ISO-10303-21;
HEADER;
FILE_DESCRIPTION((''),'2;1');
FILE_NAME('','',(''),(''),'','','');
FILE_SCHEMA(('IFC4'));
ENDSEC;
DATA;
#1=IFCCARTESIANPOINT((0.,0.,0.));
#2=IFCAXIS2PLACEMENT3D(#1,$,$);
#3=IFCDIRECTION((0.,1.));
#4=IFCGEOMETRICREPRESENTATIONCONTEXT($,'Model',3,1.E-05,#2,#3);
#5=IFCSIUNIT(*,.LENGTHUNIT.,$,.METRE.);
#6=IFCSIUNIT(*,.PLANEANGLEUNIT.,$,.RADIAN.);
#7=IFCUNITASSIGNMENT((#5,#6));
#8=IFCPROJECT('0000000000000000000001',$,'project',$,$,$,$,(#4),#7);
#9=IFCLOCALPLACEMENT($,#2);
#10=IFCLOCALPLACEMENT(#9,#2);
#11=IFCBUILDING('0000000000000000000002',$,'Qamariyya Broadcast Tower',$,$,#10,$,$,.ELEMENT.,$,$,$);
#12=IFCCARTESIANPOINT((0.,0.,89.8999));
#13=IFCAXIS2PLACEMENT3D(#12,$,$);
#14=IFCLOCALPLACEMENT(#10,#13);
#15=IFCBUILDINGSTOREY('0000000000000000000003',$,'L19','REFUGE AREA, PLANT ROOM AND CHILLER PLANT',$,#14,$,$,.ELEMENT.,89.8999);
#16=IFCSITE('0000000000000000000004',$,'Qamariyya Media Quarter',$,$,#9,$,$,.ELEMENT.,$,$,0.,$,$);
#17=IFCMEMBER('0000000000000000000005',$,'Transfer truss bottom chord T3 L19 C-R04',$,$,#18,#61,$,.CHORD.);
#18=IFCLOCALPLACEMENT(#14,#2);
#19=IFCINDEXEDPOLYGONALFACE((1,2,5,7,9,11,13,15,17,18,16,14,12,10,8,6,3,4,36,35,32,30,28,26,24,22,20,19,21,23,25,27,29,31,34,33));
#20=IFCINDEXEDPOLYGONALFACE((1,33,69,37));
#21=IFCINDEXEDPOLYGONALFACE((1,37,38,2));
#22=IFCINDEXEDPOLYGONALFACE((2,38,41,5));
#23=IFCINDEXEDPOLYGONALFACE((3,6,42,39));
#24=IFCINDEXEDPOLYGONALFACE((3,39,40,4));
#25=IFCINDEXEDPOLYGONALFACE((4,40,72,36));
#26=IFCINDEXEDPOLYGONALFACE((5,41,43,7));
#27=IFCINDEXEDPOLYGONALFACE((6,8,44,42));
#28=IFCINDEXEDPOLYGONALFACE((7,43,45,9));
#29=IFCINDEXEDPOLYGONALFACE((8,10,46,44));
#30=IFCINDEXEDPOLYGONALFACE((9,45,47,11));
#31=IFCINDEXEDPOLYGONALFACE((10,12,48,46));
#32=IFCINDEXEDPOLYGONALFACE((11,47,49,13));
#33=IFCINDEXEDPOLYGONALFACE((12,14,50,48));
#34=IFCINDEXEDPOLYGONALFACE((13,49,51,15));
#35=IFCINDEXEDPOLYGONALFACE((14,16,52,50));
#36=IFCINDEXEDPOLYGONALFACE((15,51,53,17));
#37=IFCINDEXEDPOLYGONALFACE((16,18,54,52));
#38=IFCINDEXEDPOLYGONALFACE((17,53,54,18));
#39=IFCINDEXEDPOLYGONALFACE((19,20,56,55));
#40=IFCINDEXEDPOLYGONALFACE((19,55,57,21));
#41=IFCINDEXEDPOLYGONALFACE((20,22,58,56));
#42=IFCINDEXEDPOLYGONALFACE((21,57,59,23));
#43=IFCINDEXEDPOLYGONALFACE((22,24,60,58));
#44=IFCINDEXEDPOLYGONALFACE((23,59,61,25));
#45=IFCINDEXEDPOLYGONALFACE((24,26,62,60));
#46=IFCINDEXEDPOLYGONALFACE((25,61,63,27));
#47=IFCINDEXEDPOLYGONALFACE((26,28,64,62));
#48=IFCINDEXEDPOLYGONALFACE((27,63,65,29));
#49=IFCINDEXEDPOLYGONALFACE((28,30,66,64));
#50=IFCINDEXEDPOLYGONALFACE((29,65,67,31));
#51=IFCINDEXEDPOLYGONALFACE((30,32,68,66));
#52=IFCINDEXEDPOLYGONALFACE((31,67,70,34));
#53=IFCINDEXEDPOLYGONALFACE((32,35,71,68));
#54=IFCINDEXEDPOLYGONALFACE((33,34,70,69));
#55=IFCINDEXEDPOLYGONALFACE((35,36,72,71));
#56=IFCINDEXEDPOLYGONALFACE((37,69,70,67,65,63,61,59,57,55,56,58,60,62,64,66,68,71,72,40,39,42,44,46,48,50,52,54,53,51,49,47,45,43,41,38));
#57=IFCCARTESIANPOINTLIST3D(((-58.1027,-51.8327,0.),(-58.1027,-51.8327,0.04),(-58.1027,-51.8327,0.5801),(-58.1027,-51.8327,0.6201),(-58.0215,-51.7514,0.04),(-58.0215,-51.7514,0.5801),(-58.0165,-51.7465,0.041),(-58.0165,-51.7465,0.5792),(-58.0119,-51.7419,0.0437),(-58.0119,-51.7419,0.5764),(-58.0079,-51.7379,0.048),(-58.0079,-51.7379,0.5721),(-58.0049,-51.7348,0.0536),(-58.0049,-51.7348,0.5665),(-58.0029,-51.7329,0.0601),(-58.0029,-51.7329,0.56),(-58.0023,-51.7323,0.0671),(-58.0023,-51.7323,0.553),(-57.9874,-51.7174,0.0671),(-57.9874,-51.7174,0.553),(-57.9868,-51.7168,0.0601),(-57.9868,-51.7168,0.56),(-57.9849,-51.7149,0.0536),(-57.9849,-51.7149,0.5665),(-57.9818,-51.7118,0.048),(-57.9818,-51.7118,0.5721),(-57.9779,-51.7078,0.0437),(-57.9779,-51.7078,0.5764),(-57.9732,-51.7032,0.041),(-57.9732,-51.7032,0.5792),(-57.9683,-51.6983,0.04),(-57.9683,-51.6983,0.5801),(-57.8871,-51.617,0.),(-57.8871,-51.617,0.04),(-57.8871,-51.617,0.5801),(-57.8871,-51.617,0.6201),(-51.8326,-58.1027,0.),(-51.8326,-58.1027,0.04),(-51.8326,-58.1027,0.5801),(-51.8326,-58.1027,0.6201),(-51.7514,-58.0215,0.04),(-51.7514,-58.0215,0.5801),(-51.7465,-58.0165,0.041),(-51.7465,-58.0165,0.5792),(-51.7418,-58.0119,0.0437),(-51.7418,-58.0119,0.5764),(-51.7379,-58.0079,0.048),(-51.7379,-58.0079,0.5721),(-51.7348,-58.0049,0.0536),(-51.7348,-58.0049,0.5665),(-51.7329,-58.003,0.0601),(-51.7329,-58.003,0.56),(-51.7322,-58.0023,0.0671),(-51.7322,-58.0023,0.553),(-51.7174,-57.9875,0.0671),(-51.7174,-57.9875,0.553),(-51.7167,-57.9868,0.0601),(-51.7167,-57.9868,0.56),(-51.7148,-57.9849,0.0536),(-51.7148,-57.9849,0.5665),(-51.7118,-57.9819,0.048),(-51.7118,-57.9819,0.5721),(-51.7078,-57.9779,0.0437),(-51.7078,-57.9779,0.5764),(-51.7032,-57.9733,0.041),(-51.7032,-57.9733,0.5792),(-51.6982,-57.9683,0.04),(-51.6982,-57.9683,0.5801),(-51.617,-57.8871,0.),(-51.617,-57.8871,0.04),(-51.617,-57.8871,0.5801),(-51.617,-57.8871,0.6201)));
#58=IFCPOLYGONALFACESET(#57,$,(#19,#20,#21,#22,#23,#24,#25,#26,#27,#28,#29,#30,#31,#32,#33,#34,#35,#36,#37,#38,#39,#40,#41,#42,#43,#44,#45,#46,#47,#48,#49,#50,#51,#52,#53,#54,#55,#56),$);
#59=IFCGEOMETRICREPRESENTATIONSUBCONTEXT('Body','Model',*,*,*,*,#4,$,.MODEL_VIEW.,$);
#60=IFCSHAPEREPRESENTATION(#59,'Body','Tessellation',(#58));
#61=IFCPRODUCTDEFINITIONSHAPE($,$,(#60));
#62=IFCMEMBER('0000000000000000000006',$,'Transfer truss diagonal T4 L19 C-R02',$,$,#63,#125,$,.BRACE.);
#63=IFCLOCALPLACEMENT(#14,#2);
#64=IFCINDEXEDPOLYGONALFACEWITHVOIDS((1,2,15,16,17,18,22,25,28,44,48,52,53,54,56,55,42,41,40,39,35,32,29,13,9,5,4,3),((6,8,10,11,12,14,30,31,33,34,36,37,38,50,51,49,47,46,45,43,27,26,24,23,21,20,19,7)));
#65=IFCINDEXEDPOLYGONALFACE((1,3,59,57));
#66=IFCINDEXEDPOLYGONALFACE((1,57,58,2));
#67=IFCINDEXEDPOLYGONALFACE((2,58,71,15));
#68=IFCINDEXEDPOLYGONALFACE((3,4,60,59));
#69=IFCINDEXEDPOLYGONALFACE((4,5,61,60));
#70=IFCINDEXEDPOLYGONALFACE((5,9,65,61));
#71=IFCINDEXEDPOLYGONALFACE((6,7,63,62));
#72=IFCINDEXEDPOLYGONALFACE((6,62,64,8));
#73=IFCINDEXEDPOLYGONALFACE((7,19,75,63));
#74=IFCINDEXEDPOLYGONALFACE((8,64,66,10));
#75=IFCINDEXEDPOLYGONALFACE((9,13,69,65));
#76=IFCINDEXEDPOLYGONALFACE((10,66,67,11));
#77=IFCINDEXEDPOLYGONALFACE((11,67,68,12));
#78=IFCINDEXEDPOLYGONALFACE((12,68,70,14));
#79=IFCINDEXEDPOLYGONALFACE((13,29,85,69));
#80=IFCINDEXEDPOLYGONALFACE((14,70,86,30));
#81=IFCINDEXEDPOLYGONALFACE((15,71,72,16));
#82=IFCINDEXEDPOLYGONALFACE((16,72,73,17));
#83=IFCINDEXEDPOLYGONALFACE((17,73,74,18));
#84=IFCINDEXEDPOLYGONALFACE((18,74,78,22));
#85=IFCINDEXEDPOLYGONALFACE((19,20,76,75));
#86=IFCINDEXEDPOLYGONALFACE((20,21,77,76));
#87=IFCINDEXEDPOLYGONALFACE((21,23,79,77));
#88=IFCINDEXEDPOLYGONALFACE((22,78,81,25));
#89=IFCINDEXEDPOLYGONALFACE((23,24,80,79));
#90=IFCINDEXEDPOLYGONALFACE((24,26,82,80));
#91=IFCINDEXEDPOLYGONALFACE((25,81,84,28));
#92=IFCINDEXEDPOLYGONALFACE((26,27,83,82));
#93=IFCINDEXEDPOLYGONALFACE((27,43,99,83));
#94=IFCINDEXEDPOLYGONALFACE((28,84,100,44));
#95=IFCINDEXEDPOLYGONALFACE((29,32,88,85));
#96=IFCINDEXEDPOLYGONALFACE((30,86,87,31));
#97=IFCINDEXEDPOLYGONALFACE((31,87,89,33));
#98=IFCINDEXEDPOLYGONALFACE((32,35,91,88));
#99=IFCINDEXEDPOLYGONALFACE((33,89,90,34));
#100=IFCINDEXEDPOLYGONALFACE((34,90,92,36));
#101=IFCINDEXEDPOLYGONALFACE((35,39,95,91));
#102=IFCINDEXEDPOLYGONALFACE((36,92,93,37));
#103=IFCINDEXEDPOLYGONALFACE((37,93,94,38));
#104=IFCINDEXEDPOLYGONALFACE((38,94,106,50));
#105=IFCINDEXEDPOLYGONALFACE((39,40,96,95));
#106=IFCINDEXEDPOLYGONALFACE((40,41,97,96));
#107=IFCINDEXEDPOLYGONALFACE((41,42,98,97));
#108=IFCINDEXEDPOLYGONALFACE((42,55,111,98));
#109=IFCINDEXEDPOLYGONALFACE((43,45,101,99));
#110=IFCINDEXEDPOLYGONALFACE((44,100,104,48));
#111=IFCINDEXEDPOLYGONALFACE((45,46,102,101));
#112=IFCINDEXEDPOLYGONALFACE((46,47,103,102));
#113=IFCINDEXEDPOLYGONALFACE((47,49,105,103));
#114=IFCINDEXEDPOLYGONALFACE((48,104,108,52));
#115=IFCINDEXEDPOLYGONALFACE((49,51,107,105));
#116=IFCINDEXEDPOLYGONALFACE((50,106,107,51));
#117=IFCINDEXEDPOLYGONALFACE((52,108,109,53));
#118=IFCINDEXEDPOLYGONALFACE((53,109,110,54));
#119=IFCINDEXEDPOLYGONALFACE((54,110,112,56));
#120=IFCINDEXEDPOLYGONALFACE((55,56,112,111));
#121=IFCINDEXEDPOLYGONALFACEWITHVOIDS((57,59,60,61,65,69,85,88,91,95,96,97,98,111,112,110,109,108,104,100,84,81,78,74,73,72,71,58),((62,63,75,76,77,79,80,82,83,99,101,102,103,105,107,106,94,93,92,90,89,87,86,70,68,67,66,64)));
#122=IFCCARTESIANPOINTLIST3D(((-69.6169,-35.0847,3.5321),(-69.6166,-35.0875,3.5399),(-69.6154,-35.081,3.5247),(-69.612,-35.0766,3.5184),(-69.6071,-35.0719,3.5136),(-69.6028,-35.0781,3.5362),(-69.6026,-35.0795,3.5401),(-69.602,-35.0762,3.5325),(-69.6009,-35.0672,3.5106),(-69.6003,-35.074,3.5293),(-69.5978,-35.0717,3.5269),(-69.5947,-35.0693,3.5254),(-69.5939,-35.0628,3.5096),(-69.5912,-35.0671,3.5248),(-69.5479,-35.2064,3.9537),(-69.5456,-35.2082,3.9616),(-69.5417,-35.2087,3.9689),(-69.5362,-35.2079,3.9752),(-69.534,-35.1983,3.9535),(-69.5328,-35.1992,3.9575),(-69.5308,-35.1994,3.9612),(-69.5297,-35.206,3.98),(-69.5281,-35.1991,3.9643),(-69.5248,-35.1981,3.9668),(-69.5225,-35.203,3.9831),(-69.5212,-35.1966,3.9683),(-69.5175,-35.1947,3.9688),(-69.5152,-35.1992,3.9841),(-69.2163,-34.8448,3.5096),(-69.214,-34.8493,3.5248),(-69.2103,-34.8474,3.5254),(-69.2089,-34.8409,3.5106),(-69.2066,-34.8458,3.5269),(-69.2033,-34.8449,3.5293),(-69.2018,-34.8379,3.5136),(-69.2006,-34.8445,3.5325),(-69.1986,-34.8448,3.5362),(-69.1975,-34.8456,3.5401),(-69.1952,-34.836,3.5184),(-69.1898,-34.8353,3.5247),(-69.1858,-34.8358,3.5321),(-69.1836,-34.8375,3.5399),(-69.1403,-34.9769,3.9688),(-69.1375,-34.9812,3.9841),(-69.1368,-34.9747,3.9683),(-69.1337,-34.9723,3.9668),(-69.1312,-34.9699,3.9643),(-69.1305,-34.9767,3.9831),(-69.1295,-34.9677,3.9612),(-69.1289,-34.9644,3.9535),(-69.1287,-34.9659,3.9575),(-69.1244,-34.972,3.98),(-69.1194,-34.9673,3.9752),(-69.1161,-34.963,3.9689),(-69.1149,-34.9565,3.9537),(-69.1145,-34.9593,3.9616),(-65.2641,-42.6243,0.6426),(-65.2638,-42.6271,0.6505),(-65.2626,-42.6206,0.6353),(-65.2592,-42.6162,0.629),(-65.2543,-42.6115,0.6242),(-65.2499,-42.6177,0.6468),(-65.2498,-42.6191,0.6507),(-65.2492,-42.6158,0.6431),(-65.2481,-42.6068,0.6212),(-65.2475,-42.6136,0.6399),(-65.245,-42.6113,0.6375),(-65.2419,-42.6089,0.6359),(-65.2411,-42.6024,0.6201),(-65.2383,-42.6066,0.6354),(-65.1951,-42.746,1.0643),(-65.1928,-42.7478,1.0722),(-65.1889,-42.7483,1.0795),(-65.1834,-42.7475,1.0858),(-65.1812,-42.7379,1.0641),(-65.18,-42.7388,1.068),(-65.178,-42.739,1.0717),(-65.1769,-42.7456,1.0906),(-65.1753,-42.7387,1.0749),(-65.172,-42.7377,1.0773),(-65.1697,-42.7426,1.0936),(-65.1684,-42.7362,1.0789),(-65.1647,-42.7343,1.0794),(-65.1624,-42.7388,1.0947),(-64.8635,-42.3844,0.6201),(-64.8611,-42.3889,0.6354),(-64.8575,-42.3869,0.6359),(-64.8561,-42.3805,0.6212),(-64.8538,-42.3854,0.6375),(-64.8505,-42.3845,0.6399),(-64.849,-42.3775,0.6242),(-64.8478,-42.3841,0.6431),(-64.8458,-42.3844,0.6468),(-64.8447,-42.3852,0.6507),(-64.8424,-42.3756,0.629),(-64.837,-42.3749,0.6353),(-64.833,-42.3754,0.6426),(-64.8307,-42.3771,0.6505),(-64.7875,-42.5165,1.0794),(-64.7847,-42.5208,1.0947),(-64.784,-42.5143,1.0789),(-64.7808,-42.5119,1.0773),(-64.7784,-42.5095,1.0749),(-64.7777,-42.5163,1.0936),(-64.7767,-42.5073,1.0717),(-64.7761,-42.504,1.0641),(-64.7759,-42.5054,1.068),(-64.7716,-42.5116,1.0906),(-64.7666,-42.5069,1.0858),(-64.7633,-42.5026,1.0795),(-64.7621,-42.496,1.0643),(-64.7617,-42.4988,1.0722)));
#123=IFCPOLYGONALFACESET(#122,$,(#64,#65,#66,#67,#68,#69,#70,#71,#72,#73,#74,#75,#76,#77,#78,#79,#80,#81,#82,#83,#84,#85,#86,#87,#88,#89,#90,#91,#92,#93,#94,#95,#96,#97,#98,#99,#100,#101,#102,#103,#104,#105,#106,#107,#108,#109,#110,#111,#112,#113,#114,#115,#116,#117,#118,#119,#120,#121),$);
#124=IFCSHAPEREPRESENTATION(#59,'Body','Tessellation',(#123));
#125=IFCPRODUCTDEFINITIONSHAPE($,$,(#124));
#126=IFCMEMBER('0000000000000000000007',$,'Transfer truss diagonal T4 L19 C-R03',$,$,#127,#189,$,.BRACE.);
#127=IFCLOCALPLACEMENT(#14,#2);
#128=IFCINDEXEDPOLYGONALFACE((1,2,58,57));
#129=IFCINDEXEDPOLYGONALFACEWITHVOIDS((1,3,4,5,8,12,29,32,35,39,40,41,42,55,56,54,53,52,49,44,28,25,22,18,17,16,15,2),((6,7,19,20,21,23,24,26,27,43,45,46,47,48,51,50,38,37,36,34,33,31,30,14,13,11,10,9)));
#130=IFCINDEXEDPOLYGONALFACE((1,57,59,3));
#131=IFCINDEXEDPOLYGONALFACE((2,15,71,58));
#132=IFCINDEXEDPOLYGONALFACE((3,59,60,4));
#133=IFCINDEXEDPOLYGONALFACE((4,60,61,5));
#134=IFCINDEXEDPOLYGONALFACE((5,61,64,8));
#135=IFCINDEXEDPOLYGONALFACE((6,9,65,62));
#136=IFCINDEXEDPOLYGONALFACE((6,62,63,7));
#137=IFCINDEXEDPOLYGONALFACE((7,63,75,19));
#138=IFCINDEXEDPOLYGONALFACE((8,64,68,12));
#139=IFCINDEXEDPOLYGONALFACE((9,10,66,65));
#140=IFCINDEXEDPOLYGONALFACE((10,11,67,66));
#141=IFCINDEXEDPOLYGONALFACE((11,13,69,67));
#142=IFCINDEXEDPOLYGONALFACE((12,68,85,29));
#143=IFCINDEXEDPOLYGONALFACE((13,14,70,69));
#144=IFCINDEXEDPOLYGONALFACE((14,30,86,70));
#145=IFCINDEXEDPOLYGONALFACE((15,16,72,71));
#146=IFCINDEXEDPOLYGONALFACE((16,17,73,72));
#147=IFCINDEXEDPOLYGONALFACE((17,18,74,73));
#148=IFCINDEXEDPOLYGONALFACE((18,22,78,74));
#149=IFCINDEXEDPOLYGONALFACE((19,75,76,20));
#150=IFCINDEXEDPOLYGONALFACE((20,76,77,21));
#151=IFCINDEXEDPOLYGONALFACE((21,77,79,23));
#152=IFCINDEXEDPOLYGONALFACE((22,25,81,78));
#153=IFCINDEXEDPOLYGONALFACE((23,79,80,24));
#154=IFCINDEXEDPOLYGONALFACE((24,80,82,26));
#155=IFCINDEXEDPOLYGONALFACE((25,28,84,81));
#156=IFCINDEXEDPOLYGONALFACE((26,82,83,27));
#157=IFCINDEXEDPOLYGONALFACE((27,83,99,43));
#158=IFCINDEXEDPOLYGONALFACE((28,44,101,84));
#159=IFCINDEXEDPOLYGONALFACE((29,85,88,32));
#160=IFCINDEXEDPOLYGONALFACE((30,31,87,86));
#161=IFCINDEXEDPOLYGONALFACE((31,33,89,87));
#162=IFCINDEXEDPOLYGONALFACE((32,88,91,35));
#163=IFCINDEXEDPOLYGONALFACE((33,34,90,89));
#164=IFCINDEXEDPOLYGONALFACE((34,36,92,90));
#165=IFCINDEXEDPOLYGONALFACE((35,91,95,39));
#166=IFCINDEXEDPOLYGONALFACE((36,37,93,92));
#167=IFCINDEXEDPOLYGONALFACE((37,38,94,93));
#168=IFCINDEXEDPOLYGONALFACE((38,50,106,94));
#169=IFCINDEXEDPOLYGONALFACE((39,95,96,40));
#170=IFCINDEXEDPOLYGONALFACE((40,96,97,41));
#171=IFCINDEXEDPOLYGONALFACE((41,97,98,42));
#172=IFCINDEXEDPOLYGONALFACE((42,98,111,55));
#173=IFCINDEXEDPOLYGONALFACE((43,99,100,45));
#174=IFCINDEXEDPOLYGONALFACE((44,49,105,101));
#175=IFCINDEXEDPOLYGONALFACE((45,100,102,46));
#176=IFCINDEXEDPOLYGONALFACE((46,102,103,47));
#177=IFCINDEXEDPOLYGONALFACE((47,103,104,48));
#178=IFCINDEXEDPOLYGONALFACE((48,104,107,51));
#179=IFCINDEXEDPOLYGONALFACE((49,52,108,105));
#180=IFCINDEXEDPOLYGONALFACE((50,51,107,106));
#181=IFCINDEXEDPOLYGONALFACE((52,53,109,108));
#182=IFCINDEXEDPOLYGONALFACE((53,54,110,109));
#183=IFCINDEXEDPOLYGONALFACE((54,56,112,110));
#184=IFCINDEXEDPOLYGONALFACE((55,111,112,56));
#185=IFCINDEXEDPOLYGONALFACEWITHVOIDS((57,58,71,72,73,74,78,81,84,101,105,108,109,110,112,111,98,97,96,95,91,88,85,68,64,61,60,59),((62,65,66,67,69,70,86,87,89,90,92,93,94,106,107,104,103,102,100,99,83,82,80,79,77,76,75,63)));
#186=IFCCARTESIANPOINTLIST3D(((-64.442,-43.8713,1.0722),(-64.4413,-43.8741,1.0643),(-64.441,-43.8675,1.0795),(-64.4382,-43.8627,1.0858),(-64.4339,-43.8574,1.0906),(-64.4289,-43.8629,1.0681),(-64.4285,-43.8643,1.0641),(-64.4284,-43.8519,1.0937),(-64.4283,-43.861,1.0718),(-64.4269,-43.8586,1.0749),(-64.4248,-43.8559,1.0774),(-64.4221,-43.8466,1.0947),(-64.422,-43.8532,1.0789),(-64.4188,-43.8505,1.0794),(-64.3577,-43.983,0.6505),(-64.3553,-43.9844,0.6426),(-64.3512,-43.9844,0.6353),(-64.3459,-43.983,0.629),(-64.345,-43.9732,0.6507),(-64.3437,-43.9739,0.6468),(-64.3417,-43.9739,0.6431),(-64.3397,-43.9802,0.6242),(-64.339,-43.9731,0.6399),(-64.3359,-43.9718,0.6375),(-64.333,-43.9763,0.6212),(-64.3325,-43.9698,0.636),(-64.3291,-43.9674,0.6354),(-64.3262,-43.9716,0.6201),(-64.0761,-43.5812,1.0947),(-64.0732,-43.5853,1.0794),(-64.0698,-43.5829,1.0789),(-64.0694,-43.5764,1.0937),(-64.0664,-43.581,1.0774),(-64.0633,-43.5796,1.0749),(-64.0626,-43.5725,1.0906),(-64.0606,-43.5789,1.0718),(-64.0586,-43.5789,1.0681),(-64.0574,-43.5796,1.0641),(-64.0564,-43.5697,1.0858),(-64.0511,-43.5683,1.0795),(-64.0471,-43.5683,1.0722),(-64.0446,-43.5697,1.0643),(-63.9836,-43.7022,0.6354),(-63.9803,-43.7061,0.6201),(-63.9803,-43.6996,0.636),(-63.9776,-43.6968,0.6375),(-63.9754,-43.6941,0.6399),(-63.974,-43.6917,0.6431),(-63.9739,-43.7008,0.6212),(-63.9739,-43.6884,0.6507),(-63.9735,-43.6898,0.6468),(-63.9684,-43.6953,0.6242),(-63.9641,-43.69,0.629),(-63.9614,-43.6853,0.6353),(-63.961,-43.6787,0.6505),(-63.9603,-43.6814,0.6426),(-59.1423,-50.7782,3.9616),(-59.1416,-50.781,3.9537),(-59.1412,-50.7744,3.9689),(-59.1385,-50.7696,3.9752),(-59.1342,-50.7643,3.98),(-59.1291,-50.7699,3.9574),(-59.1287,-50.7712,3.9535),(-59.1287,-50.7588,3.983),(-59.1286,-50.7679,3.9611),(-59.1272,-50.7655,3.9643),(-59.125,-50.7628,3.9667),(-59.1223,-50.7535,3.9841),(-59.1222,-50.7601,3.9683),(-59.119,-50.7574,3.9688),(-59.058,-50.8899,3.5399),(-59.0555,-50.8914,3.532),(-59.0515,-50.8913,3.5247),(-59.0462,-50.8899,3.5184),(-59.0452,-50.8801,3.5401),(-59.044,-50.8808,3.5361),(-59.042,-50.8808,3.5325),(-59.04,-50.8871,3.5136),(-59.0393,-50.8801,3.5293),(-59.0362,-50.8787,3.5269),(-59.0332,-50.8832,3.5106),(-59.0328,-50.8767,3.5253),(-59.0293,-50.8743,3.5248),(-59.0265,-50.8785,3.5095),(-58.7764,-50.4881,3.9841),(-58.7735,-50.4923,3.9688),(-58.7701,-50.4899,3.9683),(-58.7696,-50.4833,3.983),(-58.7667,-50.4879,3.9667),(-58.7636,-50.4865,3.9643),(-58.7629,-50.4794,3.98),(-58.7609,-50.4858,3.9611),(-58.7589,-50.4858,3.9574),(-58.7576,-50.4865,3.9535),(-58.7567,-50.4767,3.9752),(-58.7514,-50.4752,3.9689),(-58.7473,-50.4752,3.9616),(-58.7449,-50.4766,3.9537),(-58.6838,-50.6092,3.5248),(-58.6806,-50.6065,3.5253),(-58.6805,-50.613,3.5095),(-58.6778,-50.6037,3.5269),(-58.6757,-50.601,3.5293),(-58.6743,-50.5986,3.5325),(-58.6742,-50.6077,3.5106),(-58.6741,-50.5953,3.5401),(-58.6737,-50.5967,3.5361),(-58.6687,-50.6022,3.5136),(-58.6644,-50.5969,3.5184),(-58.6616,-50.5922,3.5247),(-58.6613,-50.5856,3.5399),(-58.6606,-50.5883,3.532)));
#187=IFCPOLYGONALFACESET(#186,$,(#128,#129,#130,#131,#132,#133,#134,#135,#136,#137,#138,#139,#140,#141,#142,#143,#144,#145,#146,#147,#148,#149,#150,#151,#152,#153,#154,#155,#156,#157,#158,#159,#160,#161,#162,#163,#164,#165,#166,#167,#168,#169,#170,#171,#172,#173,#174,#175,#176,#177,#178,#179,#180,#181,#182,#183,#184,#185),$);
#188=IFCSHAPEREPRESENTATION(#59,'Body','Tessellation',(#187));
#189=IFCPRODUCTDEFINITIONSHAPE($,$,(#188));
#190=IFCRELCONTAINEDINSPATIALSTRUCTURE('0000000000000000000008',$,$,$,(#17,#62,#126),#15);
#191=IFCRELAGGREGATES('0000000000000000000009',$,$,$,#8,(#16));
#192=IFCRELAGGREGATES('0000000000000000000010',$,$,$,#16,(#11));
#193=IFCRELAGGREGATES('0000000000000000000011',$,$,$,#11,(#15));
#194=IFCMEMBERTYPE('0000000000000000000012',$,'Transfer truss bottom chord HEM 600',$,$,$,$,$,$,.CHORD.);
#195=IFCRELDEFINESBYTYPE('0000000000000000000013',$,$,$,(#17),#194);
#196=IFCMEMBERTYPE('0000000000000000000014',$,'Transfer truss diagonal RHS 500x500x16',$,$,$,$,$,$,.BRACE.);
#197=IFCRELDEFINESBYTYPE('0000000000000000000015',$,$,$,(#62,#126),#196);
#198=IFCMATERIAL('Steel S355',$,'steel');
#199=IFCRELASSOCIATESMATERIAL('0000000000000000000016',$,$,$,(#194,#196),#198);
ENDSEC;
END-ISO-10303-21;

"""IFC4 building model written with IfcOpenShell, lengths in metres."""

from ifc_helpers import new_model, si_unit, direction, frame, origin, origin_2d, place, context, subcontext, project, spatial, hollow_rectangle, i_section, extrude, material, material_profile, profile_set, type_object, element, save


model = new_model("IFC4")

# Units and contexts
model_context = context("Model", 3, precision=1e-05, world=origin(), true_north=direction((0.0, 1.0)))
body_context = subcontext(model_context, "Body", "Model", "MODEL_VIEW")
ifc_project = project(units=[si_unit("LENGTHUNIT", "METRE"), si_unit("PLANEANGLEUNIT", "RADIAN")], contexts=[model_context])

# Site, building, storey
site_placement = place(None, origin())
site = spatial("IfcSite", under=ifc_project, at=site_placement, Name="Qamariyya Media Quarter", CompositionType="ELEMENT", RefElevation=0.0)
building_placement = place(site_placement, origin())
building = spatial("IfcBuilding", under=site, at=building_placement, Name="Qamariyya Broadcast Tower", CompositionType="ELEMENT")
storey_placement = place(building_placement, frame((0.0, 0.0, 89.8999)))
storey = spatial("IfcBuildingStorey", under=building, at=storey_placement, Name="L19", Description="REFUGE AREA, PLANT ROOM AND CHILLER PLANT", CompositionType="ELEMENT", Elevation=89.8999)

# Members
ifc_material_1 = material(Name="Steel S355", Category="steel")
ifc_material_profile_1 = material_profile(ifc_material_1, i_section(OverallWidth=0.3049, OverallDepth=0.6201, WebThickness=0.021, FlangeThickness=0.04, FilletRadius=0.0271, at=origin_2d()))
ifc_profile_set_1 = profile_set([ifc_material_profile_1], Name="Steel S355")
member_type_1 = type_object("IfcMemberType", Name="Transfer truss bottom chord HEM 600", PredefinedType="CHORD", material=ifc_profile_set_1)
member_1_placement = place(storey_placement, frame((-57.9949, -51.7249, 0.3101), z_axis=(0.707107, -0.707107, 0.0), x_axis=(0.707107, 0.707107, 0.0)))
element("IfcMember", 1, at=member_1_placement, inside=storey, type_object=member_type_1, Name="Transfer truss bottom chord T3 L19 C-R04", PredefinedType="CHORD", context=body_context, shape_type="SweptSolid", body=[
    extrude(i_section(OverallWidth=0.3049, OverallDepth=0.6201, WebThickness=0.021, FlangeThickness=0.04, FilletRadius=0.0271, at=origin_2d()), origin(), (0.0, 0.0, 1.0), 8.8672),
])
ifc_material_profile_2 = material_profile(ifc_material_1, hollow_rectangle(XDim=0.5, YDim=0.5, WallThickness=0.0161, InnerFilletRadius=0.0161, OuterFilletRadius=0.032, at=origin_2d()))
ifc_profile_set_2 = profile_set([ifc_material_profile_2], Name="Steel S355")
member_type_2 = type_object("IfcMemberType", Name="Transfer truss diagonal RHS 500x500x16", PredefinedType="BRACE", material=ifc_profile_set_2)
for number, where, z_axis, x_axis, name in (
    (2, (-69.3657, -35.022, 3.7468), (0.474532, -0.821947, -0.314997), (0.866034, 0.499985, 0.0), "Transfer truss diagonal T4 L19 C-R02"),
    (3, (-64.2012, -43.7764, 0.8574), (0.577765, -0.752973, 0.314992), (0.793359, 0.608754, 0.0), "Transfer truss diagonal T4 L19 C-R03"),
):
    element("IfcMember", number, at=place(storey_placement, frame(where, z_axis=z_axis, x_axis=x_axis)), inside=storey, type_object=member_type_2, Name=name, PredefinedType="BRACE", context=body_context, shape_type="SweptSolid", body=[
        extrude(hollow_rectangle(XDim=0.5, YDim=0.5, WallThickness=0.0161, InnerFilletRadius=0.0161, OuterFilletRadius=0.032, at=origin_2d()), origin(), (0.0, 0.0, 1.0), 9.1729),
    ])

save(model, "model.ifc")
